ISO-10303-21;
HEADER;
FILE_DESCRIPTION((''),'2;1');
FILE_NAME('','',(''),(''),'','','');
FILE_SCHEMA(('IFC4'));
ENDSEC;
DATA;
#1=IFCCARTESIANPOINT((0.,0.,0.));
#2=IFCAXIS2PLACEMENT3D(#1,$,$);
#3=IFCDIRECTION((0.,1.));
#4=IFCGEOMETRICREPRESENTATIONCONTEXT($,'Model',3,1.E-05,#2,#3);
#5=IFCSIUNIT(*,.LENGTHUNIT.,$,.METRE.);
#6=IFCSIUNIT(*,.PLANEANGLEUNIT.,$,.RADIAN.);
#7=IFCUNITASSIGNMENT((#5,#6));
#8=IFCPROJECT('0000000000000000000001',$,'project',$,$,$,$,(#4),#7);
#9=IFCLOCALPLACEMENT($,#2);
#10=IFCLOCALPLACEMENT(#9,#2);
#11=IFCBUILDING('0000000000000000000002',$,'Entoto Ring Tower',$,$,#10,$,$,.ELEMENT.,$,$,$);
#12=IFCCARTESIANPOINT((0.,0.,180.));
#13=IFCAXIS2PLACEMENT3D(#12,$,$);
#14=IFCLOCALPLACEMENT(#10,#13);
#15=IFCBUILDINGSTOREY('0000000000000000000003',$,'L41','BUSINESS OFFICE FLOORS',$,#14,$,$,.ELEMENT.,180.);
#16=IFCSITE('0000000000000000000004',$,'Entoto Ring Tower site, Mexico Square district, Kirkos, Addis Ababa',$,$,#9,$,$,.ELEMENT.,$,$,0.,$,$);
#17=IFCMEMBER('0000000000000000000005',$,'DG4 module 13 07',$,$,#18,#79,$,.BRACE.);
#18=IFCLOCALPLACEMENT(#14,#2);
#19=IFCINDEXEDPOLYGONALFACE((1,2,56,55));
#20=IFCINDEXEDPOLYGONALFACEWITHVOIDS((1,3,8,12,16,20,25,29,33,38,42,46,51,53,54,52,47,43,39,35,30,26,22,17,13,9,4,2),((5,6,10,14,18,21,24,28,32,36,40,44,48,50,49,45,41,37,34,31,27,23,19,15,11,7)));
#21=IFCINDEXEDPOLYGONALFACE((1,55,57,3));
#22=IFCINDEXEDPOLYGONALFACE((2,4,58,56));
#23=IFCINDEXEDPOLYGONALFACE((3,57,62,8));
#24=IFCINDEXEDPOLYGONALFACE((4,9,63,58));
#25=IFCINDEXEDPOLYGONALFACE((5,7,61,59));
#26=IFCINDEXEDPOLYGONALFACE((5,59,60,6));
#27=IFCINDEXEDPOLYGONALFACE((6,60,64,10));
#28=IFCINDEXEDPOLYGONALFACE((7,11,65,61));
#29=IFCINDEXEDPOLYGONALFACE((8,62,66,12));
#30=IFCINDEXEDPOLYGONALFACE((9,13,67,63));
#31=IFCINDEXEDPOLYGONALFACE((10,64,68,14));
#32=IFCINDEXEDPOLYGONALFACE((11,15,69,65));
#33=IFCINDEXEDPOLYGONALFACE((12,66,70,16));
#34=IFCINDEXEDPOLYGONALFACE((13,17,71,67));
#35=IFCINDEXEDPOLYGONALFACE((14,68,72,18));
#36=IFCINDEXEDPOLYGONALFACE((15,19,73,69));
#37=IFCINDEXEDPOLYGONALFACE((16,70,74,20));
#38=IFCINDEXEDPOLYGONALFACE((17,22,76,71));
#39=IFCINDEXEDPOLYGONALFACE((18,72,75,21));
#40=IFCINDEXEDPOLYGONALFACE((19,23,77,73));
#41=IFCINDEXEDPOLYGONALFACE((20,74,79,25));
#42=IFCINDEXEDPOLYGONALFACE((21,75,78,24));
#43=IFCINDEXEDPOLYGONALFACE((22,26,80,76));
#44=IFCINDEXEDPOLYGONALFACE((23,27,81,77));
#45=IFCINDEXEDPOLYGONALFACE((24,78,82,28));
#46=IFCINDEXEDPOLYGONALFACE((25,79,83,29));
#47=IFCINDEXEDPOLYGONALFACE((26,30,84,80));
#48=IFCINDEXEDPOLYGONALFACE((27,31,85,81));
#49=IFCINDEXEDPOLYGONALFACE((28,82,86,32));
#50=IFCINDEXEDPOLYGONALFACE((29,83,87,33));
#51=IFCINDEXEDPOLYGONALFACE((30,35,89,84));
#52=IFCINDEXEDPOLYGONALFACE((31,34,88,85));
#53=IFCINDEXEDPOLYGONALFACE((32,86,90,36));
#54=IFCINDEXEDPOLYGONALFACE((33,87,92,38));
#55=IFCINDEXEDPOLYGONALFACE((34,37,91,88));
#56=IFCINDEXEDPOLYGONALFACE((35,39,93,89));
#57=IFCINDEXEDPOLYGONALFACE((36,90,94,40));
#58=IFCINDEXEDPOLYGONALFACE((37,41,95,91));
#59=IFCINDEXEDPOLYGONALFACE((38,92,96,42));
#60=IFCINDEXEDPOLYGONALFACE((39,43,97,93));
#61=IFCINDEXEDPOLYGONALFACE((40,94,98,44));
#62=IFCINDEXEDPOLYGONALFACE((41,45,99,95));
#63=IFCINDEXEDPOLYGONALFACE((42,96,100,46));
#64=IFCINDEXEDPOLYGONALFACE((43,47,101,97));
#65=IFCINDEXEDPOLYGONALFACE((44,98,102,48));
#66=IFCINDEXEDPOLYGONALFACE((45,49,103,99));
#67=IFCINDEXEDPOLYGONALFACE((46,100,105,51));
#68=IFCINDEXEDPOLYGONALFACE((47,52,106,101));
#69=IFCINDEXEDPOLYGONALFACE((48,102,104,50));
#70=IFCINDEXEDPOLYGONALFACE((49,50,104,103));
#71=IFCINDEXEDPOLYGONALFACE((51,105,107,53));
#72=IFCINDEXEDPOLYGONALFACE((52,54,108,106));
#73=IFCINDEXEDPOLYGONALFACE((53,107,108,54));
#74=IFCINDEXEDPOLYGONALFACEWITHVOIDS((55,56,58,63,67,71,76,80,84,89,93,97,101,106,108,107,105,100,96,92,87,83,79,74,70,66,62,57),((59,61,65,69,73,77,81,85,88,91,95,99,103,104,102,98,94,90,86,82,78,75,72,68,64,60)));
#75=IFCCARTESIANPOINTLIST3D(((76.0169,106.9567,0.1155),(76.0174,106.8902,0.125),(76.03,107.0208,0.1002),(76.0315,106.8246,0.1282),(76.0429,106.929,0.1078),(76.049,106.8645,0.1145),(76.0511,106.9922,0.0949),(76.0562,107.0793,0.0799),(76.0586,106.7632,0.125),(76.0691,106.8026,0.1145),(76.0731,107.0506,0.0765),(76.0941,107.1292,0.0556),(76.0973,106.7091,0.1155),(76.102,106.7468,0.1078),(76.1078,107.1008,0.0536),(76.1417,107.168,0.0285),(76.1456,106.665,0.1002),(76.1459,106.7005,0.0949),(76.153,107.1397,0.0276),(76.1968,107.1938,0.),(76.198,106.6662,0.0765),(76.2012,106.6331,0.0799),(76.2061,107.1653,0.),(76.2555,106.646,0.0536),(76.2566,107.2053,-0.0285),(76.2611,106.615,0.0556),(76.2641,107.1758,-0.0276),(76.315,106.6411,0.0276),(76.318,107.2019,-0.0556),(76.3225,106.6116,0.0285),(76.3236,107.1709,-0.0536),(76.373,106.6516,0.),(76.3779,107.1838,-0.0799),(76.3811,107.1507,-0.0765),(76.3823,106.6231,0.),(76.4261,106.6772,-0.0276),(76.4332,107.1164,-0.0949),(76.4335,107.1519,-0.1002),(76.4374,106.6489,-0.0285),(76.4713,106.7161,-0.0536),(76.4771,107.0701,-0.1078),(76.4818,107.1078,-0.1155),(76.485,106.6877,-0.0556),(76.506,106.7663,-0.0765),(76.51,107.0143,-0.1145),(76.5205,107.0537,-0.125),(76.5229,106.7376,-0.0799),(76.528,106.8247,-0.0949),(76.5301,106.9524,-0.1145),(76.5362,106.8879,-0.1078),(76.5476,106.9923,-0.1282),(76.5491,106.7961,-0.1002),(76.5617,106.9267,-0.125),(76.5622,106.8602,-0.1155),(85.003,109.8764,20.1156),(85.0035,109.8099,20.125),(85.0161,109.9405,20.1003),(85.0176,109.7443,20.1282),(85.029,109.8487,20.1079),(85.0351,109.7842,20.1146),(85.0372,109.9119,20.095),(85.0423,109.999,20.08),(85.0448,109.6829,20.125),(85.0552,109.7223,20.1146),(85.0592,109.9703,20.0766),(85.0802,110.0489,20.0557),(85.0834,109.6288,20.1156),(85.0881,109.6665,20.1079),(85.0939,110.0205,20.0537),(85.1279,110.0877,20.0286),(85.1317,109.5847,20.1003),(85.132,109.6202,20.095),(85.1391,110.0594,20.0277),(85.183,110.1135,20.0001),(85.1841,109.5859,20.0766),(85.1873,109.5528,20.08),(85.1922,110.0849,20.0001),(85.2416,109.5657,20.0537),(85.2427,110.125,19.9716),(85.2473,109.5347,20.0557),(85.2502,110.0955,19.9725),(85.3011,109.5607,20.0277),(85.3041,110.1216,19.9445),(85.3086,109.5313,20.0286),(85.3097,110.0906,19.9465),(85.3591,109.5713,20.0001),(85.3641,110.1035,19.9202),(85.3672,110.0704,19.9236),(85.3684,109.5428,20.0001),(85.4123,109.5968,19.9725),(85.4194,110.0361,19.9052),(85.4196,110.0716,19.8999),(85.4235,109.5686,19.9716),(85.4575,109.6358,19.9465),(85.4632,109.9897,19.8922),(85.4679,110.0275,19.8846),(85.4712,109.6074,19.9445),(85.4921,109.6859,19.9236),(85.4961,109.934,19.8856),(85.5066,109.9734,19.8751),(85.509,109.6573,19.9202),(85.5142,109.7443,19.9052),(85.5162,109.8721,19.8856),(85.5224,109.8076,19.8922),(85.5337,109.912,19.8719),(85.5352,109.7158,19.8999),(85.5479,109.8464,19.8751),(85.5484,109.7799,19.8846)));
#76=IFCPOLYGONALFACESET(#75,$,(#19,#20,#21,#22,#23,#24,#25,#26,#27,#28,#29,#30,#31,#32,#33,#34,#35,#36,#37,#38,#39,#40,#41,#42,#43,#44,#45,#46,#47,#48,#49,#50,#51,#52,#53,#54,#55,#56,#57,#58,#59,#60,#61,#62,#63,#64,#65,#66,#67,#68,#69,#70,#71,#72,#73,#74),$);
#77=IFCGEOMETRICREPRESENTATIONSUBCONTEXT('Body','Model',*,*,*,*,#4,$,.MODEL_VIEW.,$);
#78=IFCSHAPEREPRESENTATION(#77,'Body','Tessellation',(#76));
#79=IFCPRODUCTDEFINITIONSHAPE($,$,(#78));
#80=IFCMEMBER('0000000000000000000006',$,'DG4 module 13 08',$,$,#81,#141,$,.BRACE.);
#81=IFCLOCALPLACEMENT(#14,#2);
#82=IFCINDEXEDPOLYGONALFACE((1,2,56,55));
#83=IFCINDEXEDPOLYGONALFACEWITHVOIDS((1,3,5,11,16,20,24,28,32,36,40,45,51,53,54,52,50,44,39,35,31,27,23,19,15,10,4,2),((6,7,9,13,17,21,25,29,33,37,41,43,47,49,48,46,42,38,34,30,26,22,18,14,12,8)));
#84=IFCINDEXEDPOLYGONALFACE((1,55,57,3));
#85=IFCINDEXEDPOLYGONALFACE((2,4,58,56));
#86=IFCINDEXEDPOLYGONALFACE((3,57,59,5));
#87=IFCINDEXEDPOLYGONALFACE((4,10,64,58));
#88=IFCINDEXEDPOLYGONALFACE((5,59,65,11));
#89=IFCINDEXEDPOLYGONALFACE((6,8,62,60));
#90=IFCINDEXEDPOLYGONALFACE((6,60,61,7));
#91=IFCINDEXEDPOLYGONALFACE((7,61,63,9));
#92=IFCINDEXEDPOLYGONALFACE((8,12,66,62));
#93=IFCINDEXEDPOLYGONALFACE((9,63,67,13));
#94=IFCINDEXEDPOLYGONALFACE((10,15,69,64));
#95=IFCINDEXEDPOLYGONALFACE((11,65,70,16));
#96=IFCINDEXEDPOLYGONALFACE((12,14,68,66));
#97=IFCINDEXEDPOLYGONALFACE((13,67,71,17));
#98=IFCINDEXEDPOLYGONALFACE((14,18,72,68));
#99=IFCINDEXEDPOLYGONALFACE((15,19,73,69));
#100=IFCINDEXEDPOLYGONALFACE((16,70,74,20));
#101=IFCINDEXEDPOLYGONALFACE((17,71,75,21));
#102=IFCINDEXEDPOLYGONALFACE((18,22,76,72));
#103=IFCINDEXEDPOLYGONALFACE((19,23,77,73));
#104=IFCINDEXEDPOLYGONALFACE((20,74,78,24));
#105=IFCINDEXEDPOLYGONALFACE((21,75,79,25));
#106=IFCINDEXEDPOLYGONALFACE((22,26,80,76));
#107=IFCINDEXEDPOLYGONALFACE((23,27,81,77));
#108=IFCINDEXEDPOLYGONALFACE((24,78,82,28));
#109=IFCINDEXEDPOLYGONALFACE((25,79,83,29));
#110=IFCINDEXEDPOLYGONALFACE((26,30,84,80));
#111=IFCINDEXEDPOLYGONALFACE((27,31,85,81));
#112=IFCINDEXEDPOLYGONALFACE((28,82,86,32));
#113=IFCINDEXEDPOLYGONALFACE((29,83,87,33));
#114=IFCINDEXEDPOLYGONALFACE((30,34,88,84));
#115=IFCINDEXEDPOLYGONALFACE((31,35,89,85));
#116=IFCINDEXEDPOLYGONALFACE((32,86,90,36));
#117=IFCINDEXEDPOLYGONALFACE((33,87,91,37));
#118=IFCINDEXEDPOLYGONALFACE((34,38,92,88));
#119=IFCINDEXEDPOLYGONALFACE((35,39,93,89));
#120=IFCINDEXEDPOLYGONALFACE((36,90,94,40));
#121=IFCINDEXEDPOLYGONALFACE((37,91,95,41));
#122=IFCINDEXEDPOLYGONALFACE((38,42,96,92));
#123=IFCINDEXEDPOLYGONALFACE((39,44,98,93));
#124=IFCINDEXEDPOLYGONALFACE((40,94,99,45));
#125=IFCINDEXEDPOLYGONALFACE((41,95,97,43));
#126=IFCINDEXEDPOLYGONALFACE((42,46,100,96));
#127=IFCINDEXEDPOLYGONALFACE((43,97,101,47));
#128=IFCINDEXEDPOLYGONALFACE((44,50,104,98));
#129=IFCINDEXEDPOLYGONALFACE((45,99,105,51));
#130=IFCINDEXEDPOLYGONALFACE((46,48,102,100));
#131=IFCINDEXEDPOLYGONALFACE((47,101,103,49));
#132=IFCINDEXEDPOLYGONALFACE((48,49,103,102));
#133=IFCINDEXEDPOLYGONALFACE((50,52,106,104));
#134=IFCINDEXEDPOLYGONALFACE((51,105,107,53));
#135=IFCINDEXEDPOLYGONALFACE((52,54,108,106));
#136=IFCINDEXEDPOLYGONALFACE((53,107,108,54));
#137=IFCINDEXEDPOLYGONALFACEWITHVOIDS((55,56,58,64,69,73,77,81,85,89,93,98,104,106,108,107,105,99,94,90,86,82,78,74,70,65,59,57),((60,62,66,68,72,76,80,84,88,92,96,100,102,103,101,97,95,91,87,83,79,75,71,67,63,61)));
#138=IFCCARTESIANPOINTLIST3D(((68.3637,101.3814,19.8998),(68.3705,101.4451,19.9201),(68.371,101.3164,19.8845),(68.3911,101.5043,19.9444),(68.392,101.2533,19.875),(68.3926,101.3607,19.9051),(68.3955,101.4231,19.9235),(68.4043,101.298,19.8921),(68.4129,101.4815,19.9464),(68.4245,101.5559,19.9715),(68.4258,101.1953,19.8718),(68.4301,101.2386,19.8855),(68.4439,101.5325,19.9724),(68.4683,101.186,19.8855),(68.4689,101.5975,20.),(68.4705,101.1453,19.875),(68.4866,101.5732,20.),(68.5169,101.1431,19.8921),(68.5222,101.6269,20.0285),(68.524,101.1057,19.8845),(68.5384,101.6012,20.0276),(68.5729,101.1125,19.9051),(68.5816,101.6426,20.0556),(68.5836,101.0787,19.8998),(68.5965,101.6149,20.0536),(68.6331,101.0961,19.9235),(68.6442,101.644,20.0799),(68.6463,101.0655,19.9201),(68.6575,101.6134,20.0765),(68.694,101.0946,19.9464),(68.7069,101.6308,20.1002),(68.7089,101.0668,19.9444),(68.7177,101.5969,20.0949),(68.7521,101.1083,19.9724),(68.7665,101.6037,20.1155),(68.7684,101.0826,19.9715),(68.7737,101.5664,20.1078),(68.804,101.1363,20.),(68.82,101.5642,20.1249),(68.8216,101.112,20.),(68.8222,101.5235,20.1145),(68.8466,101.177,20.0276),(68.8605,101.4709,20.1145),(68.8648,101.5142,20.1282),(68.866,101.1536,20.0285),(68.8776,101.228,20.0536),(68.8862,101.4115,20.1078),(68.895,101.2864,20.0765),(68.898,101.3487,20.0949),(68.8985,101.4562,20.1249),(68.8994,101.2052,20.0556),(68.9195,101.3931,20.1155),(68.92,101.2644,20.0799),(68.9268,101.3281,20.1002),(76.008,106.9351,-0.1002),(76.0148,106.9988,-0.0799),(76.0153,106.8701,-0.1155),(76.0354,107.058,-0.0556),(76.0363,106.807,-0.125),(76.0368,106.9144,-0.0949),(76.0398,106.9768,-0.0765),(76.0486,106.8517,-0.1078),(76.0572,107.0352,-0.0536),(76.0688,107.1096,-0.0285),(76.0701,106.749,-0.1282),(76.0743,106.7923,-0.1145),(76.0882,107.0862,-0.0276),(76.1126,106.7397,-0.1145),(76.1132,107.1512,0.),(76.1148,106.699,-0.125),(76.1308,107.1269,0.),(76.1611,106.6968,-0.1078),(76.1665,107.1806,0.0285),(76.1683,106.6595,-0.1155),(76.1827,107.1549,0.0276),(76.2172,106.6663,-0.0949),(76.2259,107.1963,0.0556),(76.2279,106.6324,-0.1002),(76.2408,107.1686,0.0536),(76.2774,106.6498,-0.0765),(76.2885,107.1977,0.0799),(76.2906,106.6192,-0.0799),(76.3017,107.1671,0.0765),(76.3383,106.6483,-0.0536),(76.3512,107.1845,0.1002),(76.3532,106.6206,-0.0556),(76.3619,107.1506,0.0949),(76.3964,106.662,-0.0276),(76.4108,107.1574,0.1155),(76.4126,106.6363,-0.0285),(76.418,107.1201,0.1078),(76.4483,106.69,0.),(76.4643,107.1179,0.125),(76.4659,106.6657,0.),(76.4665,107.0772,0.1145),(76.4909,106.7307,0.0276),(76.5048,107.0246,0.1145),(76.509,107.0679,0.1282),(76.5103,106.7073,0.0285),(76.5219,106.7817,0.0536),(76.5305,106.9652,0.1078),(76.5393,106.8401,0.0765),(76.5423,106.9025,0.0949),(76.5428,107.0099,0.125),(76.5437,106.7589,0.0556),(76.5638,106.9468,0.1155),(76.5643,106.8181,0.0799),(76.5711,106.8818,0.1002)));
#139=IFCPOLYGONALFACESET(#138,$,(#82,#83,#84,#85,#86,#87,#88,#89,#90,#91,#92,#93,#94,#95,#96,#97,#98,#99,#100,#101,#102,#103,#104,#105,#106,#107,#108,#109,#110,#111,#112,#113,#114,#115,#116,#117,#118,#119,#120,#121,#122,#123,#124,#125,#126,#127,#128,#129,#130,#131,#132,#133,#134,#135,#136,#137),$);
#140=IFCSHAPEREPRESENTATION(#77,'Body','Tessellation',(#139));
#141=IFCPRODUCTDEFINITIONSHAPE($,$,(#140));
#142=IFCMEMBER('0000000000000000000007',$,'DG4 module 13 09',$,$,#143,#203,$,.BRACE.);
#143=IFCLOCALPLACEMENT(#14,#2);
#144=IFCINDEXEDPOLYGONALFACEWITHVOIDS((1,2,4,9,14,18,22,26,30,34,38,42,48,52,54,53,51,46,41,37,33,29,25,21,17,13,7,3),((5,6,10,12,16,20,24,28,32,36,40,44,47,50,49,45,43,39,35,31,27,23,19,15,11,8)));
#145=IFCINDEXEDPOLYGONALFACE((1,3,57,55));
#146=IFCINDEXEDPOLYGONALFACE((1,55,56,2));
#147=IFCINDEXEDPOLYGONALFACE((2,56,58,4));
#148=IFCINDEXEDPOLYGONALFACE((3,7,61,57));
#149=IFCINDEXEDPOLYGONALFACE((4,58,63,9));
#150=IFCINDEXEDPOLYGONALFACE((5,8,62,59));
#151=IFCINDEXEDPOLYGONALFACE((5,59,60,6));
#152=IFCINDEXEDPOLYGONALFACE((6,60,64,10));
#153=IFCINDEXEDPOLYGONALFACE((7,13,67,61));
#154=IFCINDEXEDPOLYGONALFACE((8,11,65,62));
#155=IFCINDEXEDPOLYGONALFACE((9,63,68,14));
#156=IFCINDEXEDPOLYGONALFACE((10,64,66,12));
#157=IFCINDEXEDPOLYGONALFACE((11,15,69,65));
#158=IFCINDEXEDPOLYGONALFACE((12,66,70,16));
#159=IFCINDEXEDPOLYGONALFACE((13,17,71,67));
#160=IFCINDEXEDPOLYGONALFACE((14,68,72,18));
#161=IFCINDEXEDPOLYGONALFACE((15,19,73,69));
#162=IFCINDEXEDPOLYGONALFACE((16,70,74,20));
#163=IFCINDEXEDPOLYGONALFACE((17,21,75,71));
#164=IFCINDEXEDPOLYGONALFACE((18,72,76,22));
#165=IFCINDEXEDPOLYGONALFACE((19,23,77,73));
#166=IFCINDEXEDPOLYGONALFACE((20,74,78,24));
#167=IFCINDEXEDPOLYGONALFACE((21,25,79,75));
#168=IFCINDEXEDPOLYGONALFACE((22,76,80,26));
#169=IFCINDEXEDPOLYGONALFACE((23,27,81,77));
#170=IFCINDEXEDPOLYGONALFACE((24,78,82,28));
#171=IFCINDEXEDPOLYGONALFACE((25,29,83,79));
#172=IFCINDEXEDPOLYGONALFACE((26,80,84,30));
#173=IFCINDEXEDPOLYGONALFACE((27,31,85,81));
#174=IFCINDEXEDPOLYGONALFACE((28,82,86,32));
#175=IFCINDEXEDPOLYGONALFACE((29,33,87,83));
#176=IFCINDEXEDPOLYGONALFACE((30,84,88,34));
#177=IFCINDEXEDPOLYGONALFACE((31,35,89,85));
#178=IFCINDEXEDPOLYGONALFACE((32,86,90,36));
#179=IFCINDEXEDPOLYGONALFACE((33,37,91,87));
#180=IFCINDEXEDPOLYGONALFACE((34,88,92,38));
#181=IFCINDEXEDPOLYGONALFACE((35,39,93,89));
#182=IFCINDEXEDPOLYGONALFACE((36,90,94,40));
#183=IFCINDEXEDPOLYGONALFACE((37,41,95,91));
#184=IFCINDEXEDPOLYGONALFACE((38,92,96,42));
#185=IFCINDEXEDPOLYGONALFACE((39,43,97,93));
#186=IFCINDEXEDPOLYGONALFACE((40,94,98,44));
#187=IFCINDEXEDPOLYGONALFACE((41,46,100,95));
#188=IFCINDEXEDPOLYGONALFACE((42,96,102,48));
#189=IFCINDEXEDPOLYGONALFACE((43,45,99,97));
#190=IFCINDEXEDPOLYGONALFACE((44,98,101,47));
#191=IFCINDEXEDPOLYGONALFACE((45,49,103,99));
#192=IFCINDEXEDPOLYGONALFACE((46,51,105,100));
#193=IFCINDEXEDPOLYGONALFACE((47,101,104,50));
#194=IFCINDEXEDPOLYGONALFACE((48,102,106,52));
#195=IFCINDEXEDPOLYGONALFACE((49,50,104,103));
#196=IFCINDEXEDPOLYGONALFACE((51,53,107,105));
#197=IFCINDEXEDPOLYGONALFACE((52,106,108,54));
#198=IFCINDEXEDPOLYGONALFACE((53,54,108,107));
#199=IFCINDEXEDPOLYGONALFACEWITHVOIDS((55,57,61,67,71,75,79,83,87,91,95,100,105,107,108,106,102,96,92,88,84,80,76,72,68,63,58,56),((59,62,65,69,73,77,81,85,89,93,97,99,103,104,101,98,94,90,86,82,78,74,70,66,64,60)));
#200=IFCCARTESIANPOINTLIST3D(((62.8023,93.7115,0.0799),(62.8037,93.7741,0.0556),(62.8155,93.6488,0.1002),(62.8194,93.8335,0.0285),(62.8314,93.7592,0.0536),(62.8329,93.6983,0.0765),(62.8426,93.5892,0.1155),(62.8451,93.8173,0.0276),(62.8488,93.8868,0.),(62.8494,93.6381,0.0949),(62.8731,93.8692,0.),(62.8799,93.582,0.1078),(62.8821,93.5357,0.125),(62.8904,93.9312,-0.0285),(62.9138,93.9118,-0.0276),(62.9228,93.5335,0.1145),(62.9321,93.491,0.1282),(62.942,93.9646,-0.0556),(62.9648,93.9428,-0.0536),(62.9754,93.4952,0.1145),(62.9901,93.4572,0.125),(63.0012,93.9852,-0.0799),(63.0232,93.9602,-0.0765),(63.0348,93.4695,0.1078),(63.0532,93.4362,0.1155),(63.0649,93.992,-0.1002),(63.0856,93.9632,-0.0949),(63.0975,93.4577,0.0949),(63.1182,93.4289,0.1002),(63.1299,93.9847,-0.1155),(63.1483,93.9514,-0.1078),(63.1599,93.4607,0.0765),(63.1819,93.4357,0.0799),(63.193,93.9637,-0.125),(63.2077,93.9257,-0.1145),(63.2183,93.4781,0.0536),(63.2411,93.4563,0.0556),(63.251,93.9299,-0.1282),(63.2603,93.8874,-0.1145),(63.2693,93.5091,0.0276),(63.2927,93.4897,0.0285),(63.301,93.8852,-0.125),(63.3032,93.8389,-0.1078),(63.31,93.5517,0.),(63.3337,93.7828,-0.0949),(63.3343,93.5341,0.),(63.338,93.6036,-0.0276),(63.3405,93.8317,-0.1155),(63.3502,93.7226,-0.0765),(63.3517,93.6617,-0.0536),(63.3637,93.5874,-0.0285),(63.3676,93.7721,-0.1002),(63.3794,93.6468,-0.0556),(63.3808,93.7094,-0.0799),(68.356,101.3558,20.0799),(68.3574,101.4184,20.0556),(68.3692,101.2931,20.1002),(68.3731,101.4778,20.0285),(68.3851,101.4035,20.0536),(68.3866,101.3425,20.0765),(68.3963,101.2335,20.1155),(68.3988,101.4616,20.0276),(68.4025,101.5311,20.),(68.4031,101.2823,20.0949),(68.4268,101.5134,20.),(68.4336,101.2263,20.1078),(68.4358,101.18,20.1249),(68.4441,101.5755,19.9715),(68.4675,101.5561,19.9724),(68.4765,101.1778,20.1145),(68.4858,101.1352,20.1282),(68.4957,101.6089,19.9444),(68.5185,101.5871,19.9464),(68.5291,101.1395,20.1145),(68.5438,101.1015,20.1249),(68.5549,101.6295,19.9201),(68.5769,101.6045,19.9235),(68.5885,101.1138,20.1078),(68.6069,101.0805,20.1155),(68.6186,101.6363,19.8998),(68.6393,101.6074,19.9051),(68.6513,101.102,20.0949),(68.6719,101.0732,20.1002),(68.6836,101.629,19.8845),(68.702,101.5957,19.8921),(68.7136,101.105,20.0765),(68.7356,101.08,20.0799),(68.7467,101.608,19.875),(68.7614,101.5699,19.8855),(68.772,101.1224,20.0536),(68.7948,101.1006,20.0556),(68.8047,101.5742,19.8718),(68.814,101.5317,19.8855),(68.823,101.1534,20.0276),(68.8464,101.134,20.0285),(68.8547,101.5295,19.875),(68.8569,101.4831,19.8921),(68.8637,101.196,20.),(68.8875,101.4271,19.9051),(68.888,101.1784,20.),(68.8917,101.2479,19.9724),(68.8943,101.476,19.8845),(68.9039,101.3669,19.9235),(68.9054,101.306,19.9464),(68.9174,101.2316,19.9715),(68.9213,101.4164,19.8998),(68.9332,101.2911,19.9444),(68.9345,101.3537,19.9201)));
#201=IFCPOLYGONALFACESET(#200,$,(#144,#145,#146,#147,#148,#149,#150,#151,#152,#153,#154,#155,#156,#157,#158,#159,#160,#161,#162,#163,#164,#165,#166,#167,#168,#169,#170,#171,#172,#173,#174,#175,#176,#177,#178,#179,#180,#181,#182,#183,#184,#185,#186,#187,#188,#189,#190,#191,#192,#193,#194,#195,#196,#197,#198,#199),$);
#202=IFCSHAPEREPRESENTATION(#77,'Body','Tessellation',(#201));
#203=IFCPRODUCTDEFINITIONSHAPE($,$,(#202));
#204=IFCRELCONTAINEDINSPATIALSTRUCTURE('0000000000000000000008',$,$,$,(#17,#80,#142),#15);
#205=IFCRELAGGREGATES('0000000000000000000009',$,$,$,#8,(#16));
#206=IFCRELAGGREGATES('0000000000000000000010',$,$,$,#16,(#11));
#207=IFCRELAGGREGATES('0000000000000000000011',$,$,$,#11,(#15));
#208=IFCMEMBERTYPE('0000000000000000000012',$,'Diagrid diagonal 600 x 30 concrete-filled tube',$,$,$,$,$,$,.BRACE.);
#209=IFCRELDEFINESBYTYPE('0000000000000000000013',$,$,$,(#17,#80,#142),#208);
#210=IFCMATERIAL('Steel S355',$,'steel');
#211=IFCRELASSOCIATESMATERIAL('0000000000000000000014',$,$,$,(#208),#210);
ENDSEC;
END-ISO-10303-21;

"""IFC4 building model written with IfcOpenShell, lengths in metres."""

from ifc_helpers import new_model, si_unit, direction, frame, origin, origin_2d, place, context, subcontext, project, spatial, circle, hollow_circle, extrude, material, material_profile, profile_set, type_object, element, save


model = new_model("IFC4")

# Units and contexts
model_context = context("Model", 3, precision=1e-05, world=origin(), true_north=direction((0.0, 1.0)))
body_context = subcontext(model_context, "Body", "Model", "MODEL_VIEW")
ifc_project = project(units=[si_unit("LENGTHUNIT", "METRE"), si_unit("PLANEANGLEUNIT", "RADIAN")], contexts=[model_context])

# Site, building, storey
site_placement = place(None, origin())
site = spatial("IfcSite", under=ifc_project, at=site_placement, Name="Entoto Ring Tower site, Mexico Square district, Kirkos, Addis Ababa", CompositionType="ELEMENT", RefElevation=0.0)
building_placement = place(site_placement, origin())
building = spatial("IfcBuilding", under=site, at=building_placement, Name="Entoto Ring Tower", CompositionType="ELEMENT")
storey_placement = place(building_placement, frame((0.0, 0.0, 180.0)))
storey = spatial("IfcBuildingStorey", under=building, at=storey_placement, Name="L41", Description="BUSINESS OFFICE FLOORS", CompositionType="ELEMENT", Elevation=180.0)

# Members
ifc_material_1 = material(Name="Steel S355", Category="steel")
ifc_material_profile_1 = material_profile(ifc_material_1, hollow_circle(Radius=0.3, WallThickness=0.03, at=origin_2d()), Name="CHS 600 x 30")
ifc_material_2 = material(Name="Concrete C60/75", Category="concrete")
ifc_material_profile_2 = material_profile(ifc_material_2, circle(Radius=0.27, at=origin_2d()), Name="Concrete C60/75 infill")
ifc_profile_set_1 = profile_set([ifc_material_profile_1, ifc_material_profile_2], Name="Steel S355")
member_type_1 = type_object("IfcMemberType", Name="Diagrid diagonal 600 x 30 concrete-filled tube", PredefinedType="BRACE", material=ifc_profile_set_1)
for number, where, z_axis, x_axis, name in (
    (1, (76.2896, 106.9084, 0.0), (0.406251, 0.131995, 0.904178), (-0.30901, 0.951059, 0.0), "DG4 module 13 07"),
    (2, (76.2896, 106.9084, 0.0), (-0.345588, -0.251076, 0.904174), (0.587772, -0.809026, 0.0), "DG4 module 13 08"),
    (3, (63.0916, 93.7104, 0.0), (0.251076, 0.345588, 0.904174), (-0.809026, 0.587772, 0.0), "DG4 module 13 09"),
):
    element("IfcMember", number, at=place(storey_placement, frame(where, z_axis=z_axis, x_axis=x_axis)), inside=storey, type_object=member_type_1, Name=name, PredefinedType="BRACE", context=body_context, shape_type="SweptSolid", body=[
        extrude(hollow_circle(Radius=0.3, WallThickness=0.03, at=origin_2d()), origin(), (0.0, 0.0, 1.0), 22.1196),
    ])

save(model, "model.ifc")
